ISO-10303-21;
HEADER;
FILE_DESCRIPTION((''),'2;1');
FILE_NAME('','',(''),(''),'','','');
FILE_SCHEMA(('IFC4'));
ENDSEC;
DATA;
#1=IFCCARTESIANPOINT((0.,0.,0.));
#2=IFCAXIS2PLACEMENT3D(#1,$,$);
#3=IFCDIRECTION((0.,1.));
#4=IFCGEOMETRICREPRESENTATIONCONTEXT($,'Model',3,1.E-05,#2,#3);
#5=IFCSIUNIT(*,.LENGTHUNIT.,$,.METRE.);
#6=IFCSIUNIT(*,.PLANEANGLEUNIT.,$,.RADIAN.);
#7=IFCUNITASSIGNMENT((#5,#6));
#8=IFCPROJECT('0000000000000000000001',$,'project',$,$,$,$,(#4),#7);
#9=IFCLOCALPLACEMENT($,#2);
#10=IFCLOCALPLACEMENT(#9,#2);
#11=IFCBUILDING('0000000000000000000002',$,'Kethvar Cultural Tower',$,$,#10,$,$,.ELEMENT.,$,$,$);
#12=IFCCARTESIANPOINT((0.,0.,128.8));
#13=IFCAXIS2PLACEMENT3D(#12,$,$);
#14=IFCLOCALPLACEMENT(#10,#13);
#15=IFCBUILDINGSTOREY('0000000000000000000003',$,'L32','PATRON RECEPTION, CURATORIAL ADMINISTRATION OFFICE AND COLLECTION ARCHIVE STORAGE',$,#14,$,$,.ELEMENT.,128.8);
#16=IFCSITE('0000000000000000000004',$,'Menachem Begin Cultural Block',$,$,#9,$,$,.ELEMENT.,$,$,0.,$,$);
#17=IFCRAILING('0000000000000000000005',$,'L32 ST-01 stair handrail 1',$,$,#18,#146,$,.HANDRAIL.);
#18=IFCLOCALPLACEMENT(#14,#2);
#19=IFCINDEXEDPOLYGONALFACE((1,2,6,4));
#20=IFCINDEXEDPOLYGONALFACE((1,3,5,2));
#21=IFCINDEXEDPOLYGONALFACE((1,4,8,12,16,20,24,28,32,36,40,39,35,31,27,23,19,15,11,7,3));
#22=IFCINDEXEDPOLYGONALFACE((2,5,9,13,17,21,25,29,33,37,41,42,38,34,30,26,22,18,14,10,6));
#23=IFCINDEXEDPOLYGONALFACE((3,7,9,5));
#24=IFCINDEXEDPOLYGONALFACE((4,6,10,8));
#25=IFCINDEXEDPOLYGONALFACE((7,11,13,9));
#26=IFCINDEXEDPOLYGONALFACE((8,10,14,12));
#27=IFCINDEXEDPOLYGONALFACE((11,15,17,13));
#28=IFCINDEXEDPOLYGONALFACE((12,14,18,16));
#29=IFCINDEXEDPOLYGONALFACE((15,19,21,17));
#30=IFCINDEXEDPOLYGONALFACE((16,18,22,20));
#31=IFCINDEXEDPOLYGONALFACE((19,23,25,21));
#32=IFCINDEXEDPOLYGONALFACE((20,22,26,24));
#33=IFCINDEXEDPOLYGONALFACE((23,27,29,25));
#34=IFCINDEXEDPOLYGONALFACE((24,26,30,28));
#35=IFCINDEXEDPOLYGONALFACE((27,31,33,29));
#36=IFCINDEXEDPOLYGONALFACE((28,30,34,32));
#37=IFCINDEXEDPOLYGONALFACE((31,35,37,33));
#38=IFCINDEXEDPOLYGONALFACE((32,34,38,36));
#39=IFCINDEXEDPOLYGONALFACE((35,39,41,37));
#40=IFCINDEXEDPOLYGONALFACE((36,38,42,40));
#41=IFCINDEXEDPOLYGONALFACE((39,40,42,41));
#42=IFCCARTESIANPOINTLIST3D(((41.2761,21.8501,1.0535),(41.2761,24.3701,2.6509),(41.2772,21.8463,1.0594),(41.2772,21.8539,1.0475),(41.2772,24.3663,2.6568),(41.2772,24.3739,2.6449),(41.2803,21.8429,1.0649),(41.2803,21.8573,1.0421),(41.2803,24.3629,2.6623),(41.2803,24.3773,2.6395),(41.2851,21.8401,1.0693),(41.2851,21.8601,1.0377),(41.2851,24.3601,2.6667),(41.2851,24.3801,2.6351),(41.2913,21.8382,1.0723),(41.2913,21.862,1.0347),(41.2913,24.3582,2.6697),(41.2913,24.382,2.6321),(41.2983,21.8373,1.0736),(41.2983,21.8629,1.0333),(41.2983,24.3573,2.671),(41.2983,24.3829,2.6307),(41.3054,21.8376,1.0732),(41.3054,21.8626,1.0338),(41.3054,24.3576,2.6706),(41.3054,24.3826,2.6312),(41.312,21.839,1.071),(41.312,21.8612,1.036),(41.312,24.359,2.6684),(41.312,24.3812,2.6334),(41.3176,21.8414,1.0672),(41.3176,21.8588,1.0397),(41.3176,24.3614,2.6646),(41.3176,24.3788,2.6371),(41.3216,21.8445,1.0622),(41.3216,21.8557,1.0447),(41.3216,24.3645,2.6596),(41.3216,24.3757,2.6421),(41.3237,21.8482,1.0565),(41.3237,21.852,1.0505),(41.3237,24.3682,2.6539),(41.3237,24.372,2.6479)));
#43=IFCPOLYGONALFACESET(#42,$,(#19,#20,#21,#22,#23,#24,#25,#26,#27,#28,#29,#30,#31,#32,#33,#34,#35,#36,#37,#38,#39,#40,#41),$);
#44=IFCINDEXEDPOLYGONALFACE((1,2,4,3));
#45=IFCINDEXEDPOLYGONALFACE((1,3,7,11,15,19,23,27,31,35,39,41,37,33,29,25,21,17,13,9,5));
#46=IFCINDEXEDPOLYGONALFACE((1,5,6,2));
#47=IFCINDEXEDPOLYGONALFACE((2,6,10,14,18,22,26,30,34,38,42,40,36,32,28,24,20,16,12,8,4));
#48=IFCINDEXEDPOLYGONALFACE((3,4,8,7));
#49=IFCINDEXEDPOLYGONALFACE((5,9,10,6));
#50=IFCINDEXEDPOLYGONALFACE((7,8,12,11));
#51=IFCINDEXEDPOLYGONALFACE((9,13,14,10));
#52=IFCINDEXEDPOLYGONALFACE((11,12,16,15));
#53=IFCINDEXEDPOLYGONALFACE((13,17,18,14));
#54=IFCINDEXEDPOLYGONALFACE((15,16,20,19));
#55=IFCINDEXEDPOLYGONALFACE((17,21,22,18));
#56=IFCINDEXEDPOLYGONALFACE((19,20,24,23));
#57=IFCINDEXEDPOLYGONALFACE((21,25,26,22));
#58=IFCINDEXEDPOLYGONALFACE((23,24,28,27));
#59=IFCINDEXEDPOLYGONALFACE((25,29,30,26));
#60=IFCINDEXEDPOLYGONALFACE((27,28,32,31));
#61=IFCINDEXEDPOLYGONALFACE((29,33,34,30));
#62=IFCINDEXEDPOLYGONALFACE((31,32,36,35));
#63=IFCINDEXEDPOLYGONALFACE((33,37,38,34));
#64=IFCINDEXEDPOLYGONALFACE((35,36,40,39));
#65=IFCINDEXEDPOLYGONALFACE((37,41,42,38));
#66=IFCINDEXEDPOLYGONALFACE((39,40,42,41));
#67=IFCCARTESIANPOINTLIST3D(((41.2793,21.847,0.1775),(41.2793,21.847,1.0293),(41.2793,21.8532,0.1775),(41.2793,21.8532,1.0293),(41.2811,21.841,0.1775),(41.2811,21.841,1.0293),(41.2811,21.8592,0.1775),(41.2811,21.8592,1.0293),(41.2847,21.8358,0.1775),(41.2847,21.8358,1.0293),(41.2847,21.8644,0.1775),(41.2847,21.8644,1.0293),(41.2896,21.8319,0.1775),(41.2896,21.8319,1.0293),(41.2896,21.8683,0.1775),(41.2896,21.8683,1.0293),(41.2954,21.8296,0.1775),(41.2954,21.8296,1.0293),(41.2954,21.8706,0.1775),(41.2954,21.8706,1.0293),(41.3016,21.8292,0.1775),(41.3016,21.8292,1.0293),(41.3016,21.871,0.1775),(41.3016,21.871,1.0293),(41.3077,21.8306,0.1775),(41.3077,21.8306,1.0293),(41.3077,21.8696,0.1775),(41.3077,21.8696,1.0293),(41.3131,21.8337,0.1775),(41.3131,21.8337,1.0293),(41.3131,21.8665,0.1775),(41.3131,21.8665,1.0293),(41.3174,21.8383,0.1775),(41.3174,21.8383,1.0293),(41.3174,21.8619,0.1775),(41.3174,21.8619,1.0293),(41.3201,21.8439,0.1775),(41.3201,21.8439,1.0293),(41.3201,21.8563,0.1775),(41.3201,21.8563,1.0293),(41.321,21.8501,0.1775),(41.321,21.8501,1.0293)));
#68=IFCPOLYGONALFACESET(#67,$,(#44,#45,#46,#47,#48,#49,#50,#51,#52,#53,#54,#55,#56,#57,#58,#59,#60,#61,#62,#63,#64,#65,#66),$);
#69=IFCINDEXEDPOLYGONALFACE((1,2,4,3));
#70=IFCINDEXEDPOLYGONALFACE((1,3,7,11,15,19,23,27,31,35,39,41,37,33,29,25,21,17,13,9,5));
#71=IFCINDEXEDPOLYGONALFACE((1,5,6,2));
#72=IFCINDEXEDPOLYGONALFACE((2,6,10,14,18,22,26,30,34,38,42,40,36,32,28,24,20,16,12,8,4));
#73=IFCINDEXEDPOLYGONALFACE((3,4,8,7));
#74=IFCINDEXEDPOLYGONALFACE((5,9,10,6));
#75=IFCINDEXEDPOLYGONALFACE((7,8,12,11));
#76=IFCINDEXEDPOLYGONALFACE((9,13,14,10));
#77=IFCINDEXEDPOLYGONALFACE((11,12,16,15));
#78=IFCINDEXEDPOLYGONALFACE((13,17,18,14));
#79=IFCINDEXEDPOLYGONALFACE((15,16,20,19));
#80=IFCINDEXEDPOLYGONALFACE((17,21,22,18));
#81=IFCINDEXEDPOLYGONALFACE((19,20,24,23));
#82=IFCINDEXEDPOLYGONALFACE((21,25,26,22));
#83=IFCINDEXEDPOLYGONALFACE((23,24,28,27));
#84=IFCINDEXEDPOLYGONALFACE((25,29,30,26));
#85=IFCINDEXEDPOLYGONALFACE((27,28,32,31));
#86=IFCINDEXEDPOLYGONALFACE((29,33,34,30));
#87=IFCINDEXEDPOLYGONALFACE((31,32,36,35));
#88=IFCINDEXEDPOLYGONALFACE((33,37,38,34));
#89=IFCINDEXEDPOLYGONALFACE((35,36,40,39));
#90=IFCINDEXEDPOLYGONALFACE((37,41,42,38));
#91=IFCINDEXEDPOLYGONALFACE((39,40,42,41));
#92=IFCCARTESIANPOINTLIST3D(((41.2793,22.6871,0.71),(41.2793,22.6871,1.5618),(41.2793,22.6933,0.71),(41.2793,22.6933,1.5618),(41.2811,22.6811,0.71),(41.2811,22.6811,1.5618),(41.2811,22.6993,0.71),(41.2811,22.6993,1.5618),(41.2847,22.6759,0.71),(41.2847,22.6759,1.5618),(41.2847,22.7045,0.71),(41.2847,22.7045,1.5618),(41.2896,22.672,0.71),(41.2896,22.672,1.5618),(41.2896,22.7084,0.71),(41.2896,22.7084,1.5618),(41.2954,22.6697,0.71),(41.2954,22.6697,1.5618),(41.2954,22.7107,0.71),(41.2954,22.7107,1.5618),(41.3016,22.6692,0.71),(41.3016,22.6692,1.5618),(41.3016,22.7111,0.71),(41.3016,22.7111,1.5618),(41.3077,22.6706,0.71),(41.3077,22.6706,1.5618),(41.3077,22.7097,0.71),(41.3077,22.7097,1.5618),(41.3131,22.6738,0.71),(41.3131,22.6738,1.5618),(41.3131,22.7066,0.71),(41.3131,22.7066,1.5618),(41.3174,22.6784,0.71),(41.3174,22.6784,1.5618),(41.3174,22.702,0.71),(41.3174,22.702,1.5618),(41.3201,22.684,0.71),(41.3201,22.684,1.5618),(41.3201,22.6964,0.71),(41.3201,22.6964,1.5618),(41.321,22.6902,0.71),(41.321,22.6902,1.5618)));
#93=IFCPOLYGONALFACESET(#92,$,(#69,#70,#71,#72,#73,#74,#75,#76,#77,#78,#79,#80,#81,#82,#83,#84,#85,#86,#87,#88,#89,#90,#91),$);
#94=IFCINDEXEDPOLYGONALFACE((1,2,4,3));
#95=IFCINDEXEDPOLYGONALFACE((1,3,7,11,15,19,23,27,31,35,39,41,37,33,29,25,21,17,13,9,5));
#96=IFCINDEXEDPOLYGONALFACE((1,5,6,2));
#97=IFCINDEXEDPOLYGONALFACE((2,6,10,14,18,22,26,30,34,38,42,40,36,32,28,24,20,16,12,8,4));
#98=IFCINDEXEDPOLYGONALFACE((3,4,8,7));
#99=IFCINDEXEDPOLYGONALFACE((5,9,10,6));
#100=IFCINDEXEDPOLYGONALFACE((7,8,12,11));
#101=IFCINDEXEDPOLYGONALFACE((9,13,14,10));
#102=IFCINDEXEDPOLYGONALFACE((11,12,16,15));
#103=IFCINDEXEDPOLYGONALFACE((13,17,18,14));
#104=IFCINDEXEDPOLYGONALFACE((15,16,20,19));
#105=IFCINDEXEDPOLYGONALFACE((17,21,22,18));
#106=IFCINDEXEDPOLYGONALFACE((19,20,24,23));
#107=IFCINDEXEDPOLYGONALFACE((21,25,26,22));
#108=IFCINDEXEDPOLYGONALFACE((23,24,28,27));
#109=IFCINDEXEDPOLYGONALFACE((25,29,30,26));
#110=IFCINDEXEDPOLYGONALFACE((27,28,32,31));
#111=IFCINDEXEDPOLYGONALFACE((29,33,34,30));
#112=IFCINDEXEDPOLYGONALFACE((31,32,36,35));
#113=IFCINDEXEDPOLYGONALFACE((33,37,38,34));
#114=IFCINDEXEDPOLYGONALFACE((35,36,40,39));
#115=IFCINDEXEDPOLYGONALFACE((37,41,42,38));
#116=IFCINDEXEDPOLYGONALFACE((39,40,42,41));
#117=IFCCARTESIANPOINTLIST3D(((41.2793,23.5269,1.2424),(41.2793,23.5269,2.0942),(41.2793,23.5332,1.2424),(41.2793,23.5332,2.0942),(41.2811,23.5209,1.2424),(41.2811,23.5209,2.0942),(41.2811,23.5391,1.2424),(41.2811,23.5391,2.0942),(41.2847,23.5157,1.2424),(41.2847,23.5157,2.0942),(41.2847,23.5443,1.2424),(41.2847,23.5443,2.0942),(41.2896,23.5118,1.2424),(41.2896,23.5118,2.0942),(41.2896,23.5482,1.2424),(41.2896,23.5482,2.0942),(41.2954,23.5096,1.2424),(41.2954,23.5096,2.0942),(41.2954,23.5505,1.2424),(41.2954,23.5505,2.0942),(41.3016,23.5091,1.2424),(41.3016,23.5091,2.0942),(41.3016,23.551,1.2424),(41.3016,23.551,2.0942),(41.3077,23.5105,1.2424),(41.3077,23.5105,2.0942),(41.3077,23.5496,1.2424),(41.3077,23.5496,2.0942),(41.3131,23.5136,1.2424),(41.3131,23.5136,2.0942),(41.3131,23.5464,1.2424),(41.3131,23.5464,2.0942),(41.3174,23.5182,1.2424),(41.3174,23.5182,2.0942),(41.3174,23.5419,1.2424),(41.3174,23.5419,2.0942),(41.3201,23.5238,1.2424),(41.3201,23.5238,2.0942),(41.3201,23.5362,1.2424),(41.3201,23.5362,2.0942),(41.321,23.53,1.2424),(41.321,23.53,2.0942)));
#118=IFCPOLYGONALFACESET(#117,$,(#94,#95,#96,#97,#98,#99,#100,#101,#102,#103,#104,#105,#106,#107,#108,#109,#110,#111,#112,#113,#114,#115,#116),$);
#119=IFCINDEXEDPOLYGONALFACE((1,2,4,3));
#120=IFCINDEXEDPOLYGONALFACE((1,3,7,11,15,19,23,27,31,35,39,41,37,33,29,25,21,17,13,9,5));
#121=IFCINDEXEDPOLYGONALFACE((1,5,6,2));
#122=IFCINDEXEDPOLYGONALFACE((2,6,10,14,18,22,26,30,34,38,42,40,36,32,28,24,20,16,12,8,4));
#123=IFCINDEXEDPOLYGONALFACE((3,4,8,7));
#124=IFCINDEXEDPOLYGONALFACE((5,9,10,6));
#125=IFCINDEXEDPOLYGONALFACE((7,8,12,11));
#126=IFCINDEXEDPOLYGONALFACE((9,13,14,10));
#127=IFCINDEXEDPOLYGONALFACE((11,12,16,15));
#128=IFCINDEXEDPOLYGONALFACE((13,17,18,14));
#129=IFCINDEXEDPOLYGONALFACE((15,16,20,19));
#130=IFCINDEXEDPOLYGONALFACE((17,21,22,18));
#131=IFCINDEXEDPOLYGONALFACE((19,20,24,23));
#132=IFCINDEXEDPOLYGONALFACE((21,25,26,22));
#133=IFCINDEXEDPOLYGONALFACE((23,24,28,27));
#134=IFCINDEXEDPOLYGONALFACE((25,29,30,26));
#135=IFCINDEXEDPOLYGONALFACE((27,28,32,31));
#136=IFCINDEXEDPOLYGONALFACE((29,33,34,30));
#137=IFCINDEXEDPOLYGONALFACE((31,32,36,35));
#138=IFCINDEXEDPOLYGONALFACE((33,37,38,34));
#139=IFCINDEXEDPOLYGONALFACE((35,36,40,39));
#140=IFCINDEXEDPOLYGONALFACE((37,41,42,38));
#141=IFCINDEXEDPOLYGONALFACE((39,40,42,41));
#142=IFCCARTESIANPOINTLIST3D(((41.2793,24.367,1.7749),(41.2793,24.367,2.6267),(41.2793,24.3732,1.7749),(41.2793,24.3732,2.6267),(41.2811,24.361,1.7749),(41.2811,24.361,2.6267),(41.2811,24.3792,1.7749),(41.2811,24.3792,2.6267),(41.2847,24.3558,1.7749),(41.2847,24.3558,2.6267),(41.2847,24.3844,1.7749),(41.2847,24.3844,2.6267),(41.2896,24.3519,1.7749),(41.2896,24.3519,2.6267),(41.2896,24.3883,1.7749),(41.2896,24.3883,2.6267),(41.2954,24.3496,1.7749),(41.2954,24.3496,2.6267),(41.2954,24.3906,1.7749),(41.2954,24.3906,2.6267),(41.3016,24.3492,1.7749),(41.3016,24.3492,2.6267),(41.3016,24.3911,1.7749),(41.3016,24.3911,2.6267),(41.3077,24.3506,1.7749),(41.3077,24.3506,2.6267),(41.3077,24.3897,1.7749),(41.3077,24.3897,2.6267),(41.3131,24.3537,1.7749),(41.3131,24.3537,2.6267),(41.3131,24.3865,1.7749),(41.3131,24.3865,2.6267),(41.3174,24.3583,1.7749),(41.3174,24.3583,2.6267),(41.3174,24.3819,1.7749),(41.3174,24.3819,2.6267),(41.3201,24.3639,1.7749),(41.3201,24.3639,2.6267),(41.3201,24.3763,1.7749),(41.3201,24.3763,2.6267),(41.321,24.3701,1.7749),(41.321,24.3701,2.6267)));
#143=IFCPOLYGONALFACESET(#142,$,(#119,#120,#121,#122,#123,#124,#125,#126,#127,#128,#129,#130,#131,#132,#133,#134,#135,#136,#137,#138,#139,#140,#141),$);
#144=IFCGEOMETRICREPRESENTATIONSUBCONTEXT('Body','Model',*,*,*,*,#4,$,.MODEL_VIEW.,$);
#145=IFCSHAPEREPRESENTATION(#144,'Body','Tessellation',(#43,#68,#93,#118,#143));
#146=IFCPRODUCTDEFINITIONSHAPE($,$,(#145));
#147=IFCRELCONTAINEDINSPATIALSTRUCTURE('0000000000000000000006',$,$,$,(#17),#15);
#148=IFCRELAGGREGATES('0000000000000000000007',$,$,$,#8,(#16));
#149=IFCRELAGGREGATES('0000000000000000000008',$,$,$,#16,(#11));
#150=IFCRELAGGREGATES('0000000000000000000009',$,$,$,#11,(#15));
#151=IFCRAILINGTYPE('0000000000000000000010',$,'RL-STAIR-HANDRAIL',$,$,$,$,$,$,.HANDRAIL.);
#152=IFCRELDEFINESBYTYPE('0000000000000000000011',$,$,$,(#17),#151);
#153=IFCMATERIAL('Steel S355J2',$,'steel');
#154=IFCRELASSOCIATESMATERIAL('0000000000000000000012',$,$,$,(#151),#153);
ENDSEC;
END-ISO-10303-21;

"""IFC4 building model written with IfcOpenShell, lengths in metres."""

from ifc_helpers import new_model, si_unit, direction, frame, origin, origin_2d, place, context, subcontext, project, spatial, circle, extrude, material, type_object, element, save


model = new_model("IFC4")

# Units and contexts
model_context = context("Model", 3, precision=1e-05, world=origin(), true_north=direction((0.0, 1.0)))
body_context = subcontext(model_context, "Body", "Model", "MODEL_VIEW")
ifc_project = project(units=[si_unit("LENGTHUNIT", "METRE"), si_unit("PLANEANGLEUNIT", "RADIAN")], contexts=[model_context])

# Site, building, storey
site_placement = place(None, origin())
site = spatial("IfcSite", under=ifc_project, at=site_placement, Name="Menachem Begin Cultural Block", CompositionType="ELEMENT", RefElevation=0.0)
building_placement = place(site_placement, origin())
building = spatial("IfcBuilding", under=site, at=building_placement, Name="Kethvar Cultural Tower", CompositionType="ELEMENT")
storey_placement = place(building_placement, frame((0.0, 0.0, 128.8)))
storey = spatial("IfcBuildingStorey", under=building, at=storey_placement, Name="L32", Description="PATRON RECEPTION, CURATORIAL ADMINISTRATION OFFICE AND COLLECTION ARCHIVE STORAGE", CompositionType="ELEMENT", Elevation=128.8)

# Shared definitions
ifc_material_1 = material(Name="Steel S355J2", Category="steel")

# Railing
railing_type_1 = type_object("IfcRailingType", Name="RL-STAIR-HANDRAIL", PredefinedType="HANDRAIL", material=ifc_material_1)
railing_1_placement = place(storey_placement, frame((41.3, 21.8501, 0.1775)))
element("IfcRailing", 1, at=railing_1_placement, inside=storey, type_object=railing_type_1, Name="L32 ST-01 stair handrail 1", PredefinedType="HANDRAIL", context=body_context, shape_type="SweptSolid", body=[
    extrude(circle(Radius=0.0239, at=origin_2d()), frame((0.0, 0.0, 0.876), z_axis=(0.0, 0.844607, 0.535387), x_axis=(-1.0, 0.0, 0.0)), (0.0, 0.0, 1.0), 2.9836),
    extrude(circle(Radius=0.021, at=origin_2d()), origin(), (0.0, 0.0, 1.0), 0.8518),
    extrude(circle(Radius=0.021, at=origin_2d()), frame((0.0, 0.8401, 0.5325)), (0.0, 0.0, 1.0), 0.8518),
    extrude(circle(Radius=0.021, at=origin_2d()), frame((0.0, 1.6799, 1.0649)), (0.0, 0.0, 1.0), 0.8518),
    extrude(circle(Radius=0.021, at=origin_2d()), frame((0.0, 2.52, 1.5974)), (0.0, 0.0, 1.0), 0.8518),
])

save(model, "model.ifc")
